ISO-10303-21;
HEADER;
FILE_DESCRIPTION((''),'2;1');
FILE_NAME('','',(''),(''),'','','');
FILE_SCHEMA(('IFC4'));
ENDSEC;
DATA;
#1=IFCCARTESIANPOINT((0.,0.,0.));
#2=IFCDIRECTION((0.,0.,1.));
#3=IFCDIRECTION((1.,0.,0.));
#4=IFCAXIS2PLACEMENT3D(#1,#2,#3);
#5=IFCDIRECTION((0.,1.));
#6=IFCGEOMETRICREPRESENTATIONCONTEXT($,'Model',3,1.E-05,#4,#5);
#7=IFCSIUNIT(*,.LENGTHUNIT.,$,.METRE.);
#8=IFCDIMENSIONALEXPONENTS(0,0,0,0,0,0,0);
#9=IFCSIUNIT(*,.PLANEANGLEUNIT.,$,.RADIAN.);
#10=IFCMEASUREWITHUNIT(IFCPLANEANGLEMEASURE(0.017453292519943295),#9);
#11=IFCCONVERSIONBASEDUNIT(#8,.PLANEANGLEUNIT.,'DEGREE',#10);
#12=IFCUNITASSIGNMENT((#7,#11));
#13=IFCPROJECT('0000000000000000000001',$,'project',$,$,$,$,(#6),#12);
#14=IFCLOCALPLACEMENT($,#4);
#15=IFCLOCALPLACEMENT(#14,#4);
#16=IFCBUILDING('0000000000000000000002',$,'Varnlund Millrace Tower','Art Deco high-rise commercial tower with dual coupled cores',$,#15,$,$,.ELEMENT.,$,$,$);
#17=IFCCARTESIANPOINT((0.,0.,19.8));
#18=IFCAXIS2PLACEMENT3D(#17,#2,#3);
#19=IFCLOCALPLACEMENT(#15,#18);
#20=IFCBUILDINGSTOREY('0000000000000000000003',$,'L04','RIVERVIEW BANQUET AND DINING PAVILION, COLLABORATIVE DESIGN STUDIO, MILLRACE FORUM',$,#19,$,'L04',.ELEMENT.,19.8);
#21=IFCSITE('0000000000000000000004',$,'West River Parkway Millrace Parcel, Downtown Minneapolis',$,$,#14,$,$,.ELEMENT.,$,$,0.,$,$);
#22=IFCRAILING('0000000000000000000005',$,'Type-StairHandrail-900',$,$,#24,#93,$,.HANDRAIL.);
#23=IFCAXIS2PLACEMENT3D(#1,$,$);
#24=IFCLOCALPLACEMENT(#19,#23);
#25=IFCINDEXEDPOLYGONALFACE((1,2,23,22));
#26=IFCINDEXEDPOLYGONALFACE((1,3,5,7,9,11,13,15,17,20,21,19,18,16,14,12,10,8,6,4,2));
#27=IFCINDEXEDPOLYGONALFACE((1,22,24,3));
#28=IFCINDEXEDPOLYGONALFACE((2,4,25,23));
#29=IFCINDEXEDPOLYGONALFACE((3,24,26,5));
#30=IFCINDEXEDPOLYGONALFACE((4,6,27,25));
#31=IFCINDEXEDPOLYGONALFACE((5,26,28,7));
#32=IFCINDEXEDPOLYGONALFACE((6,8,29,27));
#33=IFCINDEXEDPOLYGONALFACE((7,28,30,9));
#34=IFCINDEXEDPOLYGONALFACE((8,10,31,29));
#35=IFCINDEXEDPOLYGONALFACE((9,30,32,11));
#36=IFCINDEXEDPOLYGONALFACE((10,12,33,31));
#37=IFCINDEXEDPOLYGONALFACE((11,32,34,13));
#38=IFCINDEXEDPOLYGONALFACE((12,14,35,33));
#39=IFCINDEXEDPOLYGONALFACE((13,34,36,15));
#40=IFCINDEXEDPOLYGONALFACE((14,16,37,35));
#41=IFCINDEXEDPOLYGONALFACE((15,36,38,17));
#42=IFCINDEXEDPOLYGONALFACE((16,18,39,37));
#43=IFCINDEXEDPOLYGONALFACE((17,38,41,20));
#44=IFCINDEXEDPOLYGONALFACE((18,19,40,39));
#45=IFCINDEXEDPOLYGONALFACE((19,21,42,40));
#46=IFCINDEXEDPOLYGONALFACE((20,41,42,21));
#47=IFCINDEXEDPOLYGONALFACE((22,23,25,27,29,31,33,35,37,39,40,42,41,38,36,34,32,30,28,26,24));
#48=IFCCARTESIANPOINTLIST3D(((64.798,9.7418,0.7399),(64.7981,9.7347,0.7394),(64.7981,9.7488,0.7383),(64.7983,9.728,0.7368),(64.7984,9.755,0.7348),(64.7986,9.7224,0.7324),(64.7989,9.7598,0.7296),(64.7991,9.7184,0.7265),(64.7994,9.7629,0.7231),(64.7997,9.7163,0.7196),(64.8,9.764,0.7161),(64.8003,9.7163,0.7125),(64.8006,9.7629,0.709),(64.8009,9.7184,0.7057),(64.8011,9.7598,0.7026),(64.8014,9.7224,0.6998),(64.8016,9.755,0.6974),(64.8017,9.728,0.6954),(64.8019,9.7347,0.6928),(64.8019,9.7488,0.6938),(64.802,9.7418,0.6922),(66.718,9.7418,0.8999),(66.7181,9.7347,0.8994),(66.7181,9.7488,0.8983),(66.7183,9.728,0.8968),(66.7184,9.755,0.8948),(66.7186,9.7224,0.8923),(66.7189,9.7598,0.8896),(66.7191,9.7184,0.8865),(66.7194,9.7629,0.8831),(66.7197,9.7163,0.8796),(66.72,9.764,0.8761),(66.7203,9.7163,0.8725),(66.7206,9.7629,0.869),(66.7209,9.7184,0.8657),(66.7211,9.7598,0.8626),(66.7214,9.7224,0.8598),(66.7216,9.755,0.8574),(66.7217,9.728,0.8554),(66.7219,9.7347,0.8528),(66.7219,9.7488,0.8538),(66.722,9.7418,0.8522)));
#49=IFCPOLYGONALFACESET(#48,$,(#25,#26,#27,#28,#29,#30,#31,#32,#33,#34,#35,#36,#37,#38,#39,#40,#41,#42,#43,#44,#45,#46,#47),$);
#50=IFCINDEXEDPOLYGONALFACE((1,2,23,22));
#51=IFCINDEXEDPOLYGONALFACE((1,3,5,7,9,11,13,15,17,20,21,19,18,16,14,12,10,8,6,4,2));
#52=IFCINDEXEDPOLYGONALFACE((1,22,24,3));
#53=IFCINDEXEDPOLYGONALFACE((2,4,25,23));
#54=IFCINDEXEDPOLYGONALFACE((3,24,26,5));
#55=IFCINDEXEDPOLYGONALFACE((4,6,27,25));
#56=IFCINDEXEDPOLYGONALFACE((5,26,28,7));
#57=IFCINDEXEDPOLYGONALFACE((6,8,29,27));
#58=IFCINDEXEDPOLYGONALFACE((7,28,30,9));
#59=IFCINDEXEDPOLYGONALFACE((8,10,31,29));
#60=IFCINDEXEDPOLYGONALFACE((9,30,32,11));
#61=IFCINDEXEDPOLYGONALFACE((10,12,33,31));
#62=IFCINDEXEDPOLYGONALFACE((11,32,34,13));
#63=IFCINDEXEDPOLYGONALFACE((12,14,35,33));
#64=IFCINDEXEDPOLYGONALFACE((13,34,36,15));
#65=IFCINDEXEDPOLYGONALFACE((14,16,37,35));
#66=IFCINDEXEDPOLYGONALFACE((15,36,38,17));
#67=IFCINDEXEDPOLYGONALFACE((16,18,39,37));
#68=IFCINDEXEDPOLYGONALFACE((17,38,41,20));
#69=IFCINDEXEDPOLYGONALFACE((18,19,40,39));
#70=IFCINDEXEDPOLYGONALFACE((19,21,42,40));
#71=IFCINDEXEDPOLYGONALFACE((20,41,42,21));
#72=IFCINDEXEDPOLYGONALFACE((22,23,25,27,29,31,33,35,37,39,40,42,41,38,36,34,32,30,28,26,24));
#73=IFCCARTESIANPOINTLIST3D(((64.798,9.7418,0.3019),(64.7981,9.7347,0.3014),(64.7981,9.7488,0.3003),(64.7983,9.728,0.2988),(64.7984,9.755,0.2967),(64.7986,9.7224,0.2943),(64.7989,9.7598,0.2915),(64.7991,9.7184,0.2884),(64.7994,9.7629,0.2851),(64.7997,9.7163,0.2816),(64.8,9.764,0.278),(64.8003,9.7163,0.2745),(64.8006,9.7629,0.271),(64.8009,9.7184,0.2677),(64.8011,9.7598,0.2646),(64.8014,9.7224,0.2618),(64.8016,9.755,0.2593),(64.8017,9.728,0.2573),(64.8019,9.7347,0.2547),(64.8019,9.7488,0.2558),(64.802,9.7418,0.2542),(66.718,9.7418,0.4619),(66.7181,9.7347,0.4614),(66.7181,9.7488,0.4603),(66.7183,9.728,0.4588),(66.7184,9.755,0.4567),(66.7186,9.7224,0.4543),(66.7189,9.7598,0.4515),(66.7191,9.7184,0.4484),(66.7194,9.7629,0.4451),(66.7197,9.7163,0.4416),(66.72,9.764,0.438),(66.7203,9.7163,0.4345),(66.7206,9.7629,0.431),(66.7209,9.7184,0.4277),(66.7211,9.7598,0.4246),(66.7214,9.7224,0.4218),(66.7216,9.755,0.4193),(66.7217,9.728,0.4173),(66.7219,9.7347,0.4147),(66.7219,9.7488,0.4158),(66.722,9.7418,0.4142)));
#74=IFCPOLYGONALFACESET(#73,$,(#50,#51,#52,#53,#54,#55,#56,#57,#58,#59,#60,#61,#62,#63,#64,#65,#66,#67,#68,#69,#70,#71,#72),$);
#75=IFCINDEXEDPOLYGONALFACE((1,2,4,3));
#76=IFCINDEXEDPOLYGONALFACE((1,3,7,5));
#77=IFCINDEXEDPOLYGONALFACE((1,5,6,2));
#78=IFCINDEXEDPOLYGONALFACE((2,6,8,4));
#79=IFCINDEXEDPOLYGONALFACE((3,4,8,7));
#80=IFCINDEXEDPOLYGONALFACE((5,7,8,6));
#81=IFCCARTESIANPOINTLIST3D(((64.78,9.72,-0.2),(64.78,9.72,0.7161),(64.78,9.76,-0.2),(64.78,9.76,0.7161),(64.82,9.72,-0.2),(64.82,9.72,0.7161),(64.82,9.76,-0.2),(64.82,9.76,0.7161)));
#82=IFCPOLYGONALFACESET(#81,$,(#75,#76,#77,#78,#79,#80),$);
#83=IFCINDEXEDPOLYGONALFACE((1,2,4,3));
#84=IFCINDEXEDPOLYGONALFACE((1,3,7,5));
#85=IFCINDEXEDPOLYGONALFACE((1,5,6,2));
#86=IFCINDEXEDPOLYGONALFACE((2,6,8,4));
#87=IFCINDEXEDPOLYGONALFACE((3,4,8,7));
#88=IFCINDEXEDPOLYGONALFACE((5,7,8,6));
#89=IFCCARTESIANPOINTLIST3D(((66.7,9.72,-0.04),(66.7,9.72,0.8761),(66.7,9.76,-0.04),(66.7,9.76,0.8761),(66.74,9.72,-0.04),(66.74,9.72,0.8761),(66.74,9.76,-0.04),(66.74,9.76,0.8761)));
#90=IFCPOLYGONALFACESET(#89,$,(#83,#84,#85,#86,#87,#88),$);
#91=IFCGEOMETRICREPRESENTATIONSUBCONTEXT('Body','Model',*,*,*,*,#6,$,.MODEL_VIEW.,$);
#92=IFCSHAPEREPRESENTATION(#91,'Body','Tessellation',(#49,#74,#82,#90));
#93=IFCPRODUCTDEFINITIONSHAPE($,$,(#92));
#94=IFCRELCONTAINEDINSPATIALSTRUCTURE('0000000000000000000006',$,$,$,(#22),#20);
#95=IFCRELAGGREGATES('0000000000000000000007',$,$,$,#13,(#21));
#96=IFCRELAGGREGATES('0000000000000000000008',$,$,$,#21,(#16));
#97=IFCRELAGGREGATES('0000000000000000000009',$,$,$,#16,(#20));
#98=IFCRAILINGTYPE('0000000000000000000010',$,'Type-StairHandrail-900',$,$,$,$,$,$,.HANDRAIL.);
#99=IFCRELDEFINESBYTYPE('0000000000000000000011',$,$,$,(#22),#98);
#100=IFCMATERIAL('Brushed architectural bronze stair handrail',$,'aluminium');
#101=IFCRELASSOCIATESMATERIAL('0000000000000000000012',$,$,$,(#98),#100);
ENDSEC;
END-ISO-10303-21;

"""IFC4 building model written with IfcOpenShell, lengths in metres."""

from ifc_helpers import new_model, entity, si_unit, converted_unit, direction, frame, origin_with_axes, origin_2d_with_axis, place, context, subcontext, project, spatial, rectangle, circle, extrude, material, type_object, element, save


model = new_model("IFC4")

# Units and contexts
model_context = context("Model", 3, precision=1e-05, world=origin_with_axes(), true_north=direction((0.0, 1.0)))
body_context = subcontext(model_context, "Body", "Model", "MODEL_VIEW")
ifc_project = project(units=[si_unit("LENGTHUNIT", "METRE"), converted_unit("PLANEANGLEUNIT", "DEGREE", entity("IfcPlaneAngleMeasure", 0.017453292519943295), si_unit("PLANEANGLEUNIT", "RADIAN"), dimensions=[0, 0, 0, 0, 0, 0, 0])], contexts=[model_context])

# Site, building, storey
site_placement = place(None, origin_with_axes())
site = spatial("IfcSite", under=ifc_project, at=site_placement, Name="West River Parkway Millrace Parcel, Downtown Minneapolis", CompositionType="ELEMENT", RefElevation=0.0)
building_placement = place(site_placement, origin_with_axes())
building = spatial("IfcBuilding", under=site, at=building_placement, Name="Varnlund Millrace Tower", Description="Art Deco high-rise commercial tower with dual coupled cores", CompositionType="ELEMENT")
storey_placement = place(building_placement, frame((0.0, 0.0, 19.8), z_axis=(0.0, 0.0, 1.0), x_axis=(1.0, 0.0, 0.0)))
storey = spatial("IfcBuildingStorey", under=building, at=storey_placement, Name="L04", Description="RIVERVIEW BANQUET AND DINING PAVILION, COLLABORATIVE DESIGN STUDIO, MILLRACE FORUM", LongName="L04", CompositionType="ELEMENT", Elevation=19.8)

# Railing
ifc_material_1 = material(Name="Brushed architectural bronze stair handrail", Category="aluminium")
railing_type_1 = type_object("IfcRailingType", Name="Type-StairHandrail-900", PredefinedType="HANDRAIL", material=ifc_material_1)
railing_1_placement = place(storey_placement, frame((0.0, 0.0, -19.8), z_axis=(0.0, 0.0, 1.0), x_axis=(1.0, 0.0, 0.0)))
element("IfcRailing", 1, at=railing_1_placement, inside=storey, type_object=railing_type_1, Name="Type-StairHandrail-900", PredefinedType="HANDRAIL", context=body_context, shape_type="SweptSolid", body=[
    extrude(circle(Radius=0.024, at=origin_2d_with_axis()), frame((64.8, 9.74, 20.5161), z_axis=(0.996546, 0.0, 0.083045), x_axis=(0.0, 1.0, 0.0)), (0.0, 0.0, 1.0), 1.9267),
    extrude(circle(Radius=0.024, at=origin_2d_with_axis()), frame((64.8, 9.74, 20.078), z_axis=(0.996546, 0.0, 0.083045), x_axis=(0.0, 1.0, 0.0)), (0.0, 0.0, 1.0), 1.9267),
    extrude(rectangle(XDim=0.04, YDim=0.04, at=origin_2d_with_axis()), frame((64.8, 9.74, 19.6), z_axis=(0.0, 0.0, 1.0), x_axis=(1.0, 0.0, 0.0)), (0.0, 0.0, 1.0), 0.9161),
    extrude(rectangle(XDim=0.04, YDim=0.04, at=origin_2d_with_axis()), frame((66.72, 9.74, 19.76), z_axis=(0.0, 0.0, 1.0), x_axis=(1.0, 0.0, 0.0)), (0.0, 0.0, 1.0), 0.9161),
])

save(model, "model.ifc")
